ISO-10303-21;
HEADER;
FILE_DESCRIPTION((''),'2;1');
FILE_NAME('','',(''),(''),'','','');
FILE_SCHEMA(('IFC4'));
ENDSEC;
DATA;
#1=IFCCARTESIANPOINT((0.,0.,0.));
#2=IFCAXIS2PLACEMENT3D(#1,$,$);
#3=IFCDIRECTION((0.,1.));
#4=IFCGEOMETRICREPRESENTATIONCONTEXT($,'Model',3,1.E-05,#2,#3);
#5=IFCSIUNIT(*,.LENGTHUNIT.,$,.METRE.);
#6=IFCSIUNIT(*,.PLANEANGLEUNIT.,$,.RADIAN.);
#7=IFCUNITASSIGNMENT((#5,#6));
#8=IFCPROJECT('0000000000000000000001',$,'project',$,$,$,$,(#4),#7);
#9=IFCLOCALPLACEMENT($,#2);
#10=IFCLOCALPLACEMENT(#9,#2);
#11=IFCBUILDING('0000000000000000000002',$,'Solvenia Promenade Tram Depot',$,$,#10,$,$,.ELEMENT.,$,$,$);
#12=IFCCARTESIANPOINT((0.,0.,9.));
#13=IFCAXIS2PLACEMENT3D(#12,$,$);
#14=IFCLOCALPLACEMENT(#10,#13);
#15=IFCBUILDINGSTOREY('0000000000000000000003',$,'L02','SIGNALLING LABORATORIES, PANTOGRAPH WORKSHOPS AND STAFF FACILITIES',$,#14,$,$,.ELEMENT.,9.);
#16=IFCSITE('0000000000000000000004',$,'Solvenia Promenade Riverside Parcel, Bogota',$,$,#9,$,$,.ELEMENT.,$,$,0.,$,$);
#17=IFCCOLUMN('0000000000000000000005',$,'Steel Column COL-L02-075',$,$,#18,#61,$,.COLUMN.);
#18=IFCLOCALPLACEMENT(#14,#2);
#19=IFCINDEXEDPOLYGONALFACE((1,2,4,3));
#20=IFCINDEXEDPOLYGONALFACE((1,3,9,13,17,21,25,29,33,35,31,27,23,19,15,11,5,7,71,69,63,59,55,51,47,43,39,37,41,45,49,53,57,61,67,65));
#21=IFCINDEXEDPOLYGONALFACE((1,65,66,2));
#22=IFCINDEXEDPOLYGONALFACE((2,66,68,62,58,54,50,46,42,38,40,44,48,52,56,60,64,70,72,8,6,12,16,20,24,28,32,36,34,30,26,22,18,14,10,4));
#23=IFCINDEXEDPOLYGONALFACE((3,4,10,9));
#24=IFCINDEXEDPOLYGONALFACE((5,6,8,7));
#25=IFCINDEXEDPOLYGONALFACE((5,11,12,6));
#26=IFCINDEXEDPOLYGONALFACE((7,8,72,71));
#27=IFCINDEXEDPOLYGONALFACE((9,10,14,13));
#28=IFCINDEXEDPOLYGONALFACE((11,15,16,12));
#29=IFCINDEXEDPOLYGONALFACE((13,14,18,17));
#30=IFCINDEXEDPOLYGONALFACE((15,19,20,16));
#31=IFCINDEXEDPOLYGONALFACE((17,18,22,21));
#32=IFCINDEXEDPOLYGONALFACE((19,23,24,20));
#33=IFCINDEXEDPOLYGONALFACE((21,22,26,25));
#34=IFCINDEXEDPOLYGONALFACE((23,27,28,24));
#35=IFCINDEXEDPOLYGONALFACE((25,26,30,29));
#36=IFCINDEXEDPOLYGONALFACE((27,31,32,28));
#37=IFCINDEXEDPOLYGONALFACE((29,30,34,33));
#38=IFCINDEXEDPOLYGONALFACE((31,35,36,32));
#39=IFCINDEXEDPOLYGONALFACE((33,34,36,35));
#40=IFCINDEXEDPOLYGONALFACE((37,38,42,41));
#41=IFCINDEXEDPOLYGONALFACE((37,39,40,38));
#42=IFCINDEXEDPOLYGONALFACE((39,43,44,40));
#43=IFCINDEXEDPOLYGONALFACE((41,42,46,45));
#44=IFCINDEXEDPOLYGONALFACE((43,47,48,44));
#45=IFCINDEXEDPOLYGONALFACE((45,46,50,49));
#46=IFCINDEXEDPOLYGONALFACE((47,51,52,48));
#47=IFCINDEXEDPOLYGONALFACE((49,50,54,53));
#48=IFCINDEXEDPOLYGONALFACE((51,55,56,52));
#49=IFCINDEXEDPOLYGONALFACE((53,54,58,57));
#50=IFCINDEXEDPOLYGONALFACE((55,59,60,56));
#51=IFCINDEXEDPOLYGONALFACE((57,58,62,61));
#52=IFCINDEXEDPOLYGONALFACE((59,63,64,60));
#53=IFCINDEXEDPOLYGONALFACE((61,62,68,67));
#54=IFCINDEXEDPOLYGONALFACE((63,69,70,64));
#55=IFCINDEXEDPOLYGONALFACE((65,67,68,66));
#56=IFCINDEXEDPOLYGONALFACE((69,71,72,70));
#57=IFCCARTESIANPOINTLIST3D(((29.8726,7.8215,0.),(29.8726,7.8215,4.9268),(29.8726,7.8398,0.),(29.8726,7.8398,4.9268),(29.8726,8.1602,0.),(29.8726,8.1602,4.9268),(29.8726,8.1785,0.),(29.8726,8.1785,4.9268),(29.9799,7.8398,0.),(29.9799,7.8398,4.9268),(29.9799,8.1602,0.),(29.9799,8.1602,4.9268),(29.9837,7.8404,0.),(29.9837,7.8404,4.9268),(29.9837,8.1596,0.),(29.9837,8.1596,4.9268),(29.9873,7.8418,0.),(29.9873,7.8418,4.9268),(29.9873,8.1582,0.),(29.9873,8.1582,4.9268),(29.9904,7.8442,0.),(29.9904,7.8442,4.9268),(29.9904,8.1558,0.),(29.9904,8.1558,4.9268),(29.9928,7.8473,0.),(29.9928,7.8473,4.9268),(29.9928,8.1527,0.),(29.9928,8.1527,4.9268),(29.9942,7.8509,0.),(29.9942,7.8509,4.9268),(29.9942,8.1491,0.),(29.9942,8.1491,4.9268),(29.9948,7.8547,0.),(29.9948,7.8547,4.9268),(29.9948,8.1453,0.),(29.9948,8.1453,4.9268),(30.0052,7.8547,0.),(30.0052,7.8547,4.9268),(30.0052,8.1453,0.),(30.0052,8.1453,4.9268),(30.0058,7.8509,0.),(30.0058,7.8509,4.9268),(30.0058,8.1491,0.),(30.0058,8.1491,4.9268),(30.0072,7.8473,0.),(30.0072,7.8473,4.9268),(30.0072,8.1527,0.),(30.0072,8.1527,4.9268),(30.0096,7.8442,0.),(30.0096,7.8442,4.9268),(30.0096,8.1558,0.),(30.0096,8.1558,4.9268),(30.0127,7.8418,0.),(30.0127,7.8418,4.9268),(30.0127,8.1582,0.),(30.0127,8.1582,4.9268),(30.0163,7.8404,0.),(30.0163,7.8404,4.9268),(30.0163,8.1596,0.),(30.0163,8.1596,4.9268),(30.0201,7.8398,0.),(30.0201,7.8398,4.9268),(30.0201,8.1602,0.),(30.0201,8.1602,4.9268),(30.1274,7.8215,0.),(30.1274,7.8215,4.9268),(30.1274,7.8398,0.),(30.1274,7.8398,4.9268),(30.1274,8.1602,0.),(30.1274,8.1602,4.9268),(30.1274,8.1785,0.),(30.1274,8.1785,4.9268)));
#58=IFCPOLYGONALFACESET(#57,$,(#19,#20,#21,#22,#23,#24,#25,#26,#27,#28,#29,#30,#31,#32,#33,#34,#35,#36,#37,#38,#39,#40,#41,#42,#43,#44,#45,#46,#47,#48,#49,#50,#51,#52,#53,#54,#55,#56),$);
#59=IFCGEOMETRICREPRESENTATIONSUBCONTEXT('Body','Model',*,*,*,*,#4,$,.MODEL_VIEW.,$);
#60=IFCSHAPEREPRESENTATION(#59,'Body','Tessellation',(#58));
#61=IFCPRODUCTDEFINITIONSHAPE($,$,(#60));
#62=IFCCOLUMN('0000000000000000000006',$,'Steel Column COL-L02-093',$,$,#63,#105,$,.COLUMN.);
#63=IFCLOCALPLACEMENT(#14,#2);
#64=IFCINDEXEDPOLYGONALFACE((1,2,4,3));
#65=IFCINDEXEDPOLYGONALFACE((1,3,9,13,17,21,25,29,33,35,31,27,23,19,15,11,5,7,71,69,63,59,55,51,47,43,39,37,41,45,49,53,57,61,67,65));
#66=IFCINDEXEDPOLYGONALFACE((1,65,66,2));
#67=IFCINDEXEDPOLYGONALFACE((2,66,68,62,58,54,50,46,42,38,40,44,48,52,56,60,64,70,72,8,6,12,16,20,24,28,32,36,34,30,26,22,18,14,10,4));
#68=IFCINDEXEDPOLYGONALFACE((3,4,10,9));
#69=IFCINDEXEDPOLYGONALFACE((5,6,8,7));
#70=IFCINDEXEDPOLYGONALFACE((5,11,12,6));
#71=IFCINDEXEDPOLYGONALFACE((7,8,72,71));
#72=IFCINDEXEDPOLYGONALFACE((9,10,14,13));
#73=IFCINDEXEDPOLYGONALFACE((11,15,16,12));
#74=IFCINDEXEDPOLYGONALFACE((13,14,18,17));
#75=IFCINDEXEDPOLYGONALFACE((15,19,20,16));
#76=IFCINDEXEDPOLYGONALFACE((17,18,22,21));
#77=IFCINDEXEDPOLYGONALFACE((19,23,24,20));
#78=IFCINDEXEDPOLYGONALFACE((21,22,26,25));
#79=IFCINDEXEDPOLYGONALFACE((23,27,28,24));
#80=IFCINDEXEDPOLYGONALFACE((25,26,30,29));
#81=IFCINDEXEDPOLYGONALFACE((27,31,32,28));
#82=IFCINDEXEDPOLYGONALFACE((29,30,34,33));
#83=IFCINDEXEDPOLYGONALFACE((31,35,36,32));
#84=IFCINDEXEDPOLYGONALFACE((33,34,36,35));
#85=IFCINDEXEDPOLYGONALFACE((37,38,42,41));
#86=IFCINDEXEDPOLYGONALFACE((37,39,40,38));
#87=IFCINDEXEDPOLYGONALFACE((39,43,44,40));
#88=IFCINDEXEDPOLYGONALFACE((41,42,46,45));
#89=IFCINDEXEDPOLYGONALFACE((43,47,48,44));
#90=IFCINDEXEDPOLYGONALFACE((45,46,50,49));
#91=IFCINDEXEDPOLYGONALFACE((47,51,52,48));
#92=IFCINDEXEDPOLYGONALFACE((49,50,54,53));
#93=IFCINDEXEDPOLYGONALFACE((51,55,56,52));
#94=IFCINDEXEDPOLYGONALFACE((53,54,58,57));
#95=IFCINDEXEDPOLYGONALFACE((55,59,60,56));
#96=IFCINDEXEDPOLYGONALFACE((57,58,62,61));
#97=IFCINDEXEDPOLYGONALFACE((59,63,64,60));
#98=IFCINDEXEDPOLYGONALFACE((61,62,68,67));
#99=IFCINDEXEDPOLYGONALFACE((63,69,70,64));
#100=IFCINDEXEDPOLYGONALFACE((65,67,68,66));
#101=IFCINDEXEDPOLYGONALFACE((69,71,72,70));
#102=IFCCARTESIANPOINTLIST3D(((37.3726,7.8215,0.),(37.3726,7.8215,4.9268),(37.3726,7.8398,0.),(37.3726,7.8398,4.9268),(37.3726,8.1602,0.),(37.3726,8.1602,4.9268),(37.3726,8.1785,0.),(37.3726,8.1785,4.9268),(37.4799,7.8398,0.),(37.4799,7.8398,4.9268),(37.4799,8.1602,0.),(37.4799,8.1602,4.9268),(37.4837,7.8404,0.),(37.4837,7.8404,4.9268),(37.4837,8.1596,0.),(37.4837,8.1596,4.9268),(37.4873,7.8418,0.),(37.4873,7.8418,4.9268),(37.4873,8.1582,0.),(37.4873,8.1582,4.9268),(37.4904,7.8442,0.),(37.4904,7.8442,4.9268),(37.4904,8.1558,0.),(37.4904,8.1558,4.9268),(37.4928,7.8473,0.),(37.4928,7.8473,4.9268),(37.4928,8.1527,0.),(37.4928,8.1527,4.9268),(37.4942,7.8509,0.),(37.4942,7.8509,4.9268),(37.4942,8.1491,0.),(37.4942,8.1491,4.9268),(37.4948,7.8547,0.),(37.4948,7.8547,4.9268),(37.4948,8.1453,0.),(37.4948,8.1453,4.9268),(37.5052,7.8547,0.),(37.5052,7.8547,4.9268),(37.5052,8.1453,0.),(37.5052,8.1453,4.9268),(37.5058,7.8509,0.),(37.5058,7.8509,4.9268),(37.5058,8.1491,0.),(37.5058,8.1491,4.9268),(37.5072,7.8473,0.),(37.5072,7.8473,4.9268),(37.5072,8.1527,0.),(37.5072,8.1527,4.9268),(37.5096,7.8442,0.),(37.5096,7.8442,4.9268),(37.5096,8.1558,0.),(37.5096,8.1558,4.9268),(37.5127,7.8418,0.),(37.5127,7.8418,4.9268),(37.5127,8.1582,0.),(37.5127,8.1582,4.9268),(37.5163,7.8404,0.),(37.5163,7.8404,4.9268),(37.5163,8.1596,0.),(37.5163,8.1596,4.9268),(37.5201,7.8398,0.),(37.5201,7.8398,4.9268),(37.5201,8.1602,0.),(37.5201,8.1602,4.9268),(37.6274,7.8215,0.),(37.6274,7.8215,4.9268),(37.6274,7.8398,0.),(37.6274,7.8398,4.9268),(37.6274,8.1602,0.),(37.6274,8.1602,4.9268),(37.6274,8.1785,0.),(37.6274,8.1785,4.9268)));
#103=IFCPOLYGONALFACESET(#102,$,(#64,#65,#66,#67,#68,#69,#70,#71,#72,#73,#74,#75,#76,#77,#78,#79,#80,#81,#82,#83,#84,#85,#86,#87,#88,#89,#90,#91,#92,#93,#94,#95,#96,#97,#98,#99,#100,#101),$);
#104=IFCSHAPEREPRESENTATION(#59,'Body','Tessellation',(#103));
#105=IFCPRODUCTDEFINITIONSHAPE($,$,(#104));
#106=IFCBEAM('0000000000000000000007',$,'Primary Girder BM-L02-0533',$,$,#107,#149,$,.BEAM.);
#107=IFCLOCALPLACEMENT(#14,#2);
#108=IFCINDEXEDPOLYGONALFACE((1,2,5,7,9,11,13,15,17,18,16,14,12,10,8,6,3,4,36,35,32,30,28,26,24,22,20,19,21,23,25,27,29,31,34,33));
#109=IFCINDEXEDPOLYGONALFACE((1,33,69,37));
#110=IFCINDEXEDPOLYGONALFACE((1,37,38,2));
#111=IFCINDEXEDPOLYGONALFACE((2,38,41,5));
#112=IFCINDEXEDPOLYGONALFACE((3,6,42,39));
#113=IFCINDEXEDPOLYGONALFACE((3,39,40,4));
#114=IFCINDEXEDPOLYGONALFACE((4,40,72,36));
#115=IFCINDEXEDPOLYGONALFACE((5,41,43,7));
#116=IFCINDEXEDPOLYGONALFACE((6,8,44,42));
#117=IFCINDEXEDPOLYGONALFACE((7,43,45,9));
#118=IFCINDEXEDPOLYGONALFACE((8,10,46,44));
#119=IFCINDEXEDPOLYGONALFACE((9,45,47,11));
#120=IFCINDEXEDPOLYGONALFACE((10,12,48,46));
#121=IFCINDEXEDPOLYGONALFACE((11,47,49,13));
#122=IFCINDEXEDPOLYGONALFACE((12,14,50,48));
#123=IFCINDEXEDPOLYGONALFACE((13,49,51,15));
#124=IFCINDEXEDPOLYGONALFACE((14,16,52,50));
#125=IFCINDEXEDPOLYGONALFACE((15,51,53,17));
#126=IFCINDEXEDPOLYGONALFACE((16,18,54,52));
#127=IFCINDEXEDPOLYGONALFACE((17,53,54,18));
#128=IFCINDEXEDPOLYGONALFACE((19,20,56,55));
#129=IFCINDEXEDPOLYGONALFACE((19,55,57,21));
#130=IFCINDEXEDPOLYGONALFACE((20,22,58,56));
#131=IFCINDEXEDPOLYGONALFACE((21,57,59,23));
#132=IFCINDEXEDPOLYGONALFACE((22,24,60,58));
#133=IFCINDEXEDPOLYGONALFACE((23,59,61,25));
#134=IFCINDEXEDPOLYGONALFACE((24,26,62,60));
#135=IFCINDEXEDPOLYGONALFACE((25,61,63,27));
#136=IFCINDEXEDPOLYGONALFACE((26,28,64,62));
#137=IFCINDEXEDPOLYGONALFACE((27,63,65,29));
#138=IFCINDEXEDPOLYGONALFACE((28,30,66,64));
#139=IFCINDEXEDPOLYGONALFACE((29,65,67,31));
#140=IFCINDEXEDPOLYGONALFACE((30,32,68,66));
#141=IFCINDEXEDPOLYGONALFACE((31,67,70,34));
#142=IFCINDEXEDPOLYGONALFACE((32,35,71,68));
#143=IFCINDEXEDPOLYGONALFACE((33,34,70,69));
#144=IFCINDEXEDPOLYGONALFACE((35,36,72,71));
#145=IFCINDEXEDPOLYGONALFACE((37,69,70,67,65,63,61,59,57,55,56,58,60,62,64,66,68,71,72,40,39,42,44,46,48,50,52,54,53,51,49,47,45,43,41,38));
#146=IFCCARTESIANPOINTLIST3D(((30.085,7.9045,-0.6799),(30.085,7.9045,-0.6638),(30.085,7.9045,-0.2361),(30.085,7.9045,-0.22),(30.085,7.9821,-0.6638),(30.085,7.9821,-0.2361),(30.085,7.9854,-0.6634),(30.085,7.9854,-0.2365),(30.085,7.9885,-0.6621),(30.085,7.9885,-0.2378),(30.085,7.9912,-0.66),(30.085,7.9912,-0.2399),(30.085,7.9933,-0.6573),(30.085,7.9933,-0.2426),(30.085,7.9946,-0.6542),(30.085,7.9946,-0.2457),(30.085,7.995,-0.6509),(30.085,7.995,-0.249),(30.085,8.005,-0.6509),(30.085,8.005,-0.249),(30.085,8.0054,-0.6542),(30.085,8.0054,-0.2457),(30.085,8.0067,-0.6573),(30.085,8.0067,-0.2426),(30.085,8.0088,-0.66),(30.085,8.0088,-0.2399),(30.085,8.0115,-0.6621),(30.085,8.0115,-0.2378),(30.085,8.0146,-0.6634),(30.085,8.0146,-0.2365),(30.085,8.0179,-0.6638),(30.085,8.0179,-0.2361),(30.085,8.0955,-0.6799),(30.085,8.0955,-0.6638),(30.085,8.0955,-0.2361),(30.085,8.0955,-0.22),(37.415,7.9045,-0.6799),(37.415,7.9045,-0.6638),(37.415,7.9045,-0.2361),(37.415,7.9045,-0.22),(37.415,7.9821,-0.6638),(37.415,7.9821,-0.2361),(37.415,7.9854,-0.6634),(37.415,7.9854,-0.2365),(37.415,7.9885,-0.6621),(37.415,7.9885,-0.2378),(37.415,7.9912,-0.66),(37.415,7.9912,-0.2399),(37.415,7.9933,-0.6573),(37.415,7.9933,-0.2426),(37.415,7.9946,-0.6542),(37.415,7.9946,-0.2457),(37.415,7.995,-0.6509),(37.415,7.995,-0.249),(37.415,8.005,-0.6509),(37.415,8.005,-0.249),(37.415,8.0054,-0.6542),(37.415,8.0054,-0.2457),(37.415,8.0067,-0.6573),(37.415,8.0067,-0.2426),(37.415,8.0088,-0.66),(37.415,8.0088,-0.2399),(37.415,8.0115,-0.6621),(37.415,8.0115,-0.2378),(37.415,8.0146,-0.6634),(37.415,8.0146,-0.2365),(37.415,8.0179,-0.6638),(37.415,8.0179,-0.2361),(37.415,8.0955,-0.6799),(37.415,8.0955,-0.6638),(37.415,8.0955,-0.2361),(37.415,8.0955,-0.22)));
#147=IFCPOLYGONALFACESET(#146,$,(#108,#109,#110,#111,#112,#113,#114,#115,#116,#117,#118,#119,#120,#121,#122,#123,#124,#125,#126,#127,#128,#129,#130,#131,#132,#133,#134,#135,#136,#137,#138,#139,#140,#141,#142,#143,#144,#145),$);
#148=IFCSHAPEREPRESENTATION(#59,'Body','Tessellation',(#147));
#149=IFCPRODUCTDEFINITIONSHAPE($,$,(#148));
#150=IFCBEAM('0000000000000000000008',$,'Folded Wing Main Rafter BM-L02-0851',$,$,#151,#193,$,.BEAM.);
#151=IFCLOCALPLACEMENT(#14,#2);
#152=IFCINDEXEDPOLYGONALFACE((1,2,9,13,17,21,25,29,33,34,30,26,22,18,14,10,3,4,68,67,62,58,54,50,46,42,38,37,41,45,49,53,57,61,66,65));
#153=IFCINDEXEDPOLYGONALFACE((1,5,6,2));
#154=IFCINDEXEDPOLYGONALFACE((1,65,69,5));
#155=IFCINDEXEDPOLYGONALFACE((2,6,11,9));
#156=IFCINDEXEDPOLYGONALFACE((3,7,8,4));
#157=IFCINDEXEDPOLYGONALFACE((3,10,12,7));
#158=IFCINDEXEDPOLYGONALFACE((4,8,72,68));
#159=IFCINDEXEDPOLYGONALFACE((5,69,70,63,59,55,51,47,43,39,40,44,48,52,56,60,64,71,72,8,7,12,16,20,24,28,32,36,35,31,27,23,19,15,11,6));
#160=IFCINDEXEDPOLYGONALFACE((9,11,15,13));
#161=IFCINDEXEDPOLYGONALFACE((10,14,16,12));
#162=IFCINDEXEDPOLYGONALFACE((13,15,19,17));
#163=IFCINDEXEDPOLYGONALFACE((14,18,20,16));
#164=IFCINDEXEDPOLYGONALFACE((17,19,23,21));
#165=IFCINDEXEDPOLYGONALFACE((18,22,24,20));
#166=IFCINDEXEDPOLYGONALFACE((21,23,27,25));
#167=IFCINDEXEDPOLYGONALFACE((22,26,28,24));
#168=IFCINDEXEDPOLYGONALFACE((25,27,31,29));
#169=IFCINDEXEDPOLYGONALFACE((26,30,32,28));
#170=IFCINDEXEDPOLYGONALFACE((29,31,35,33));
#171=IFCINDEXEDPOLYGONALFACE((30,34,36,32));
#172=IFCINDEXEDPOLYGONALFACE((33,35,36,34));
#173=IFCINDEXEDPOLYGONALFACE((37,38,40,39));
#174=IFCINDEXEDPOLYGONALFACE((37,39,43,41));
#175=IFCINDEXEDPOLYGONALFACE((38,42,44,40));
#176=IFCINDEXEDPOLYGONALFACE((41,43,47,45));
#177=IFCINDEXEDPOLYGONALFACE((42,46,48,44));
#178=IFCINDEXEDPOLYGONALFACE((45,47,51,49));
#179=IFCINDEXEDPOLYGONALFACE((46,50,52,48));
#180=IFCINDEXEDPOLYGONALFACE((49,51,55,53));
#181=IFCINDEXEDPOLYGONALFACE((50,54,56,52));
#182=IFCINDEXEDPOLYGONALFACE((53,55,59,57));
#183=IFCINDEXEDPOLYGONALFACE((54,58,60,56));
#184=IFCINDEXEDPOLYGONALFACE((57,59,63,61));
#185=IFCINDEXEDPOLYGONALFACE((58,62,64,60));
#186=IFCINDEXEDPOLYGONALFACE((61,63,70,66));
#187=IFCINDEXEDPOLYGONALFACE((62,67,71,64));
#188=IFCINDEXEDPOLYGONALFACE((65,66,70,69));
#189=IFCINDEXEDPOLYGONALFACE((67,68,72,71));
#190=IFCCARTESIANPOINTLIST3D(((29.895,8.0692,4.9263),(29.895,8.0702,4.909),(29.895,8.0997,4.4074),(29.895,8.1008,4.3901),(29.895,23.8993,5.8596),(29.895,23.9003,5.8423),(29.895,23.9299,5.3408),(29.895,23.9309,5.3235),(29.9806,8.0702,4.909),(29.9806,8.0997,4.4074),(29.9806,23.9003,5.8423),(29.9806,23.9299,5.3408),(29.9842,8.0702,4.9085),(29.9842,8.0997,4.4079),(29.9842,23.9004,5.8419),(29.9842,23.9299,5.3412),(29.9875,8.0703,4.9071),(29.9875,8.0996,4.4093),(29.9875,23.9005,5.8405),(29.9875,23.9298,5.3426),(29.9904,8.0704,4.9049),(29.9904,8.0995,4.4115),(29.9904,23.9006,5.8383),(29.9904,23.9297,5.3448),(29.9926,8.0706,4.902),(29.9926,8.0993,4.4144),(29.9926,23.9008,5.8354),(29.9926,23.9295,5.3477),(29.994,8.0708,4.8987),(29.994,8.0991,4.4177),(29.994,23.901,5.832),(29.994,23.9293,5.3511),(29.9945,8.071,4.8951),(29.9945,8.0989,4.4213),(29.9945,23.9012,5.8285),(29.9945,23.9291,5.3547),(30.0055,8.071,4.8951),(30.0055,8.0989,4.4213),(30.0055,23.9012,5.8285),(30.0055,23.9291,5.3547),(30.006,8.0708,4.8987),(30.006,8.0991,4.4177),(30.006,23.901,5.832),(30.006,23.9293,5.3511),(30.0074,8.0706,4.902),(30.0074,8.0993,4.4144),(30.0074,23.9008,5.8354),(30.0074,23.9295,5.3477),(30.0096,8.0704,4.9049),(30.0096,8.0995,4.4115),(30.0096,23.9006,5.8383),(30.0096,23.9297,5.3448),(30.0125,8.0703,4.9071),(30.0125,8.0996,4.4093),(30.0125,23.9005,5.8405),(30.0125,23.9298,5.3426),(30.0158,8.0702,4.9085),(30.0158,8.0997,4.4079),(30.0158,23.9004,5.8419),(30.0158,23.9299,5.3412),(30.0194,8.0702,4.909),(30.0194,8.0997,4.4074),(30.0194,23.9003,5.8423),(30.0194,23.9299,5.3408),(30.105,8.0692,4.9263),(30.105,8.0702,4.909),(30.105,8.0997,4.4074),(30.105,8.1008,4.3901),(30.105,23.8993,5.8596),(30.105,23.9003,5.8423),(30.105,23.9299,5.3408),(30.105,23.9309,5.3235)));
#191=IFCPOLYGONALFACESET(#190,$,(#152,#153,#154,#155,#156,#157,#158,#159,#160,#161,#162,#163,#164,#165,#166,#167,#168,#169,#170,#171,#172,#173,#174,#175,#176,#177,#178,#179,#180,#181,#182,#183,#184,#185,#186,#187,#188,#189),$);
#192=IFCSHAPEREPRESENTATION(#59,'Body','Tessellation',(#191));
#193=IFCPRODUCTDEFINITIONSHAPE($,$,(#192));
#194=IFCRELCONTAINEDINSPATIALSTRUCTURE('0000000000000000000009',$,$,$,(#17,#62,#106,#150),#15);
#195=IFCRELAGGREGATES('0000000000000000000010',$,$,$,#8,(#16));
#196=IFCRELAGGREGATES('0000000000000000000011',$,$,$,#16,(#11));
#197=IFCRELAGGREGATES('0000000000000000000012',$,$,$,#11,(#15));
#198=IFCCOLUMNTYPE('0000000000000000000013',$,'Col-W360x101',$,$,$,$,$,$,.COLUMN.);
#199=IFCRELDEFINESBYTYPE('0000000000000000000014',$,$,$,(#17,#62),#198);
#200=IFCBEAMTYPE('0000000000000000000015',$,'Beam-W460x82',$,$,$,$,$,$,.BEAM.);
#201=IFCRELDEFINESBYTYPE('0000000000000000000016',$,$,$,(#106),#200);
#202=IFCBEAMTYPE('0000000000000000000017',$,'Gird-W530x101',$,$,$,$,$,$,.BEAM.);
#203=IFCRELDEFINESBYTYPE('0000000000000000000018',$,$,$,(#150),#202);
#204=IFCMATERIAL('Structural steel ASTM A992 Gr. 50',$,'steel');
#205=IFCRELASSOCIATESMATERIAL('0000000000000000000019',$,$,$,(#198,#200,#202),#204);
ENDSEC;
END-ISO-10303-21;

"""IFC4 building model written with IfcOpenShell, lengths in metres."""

from ifc_helpers import new_model, si_unit, direction, frame, origin, origin_2d, place, context, subcontext, project, spatial, i_section, extrude, material, material_profile, profile_set, type_object, element, save


model = new_model("IFC4")

# Units and contexts
model_context = context("Model", 3, precision=1e-05, world=origin(), true_north=direction((0.0, 1.0)))
body_context = subcontext(model_context, "Body", "Model", "MODEL_VIEW")
ifc_project = project(units=[si_unit("LENGTHUNIT", "METRE"), si_unit("PLANEANGLEUNIT", "RADIAN")], contexts=[model_context])

# Site, building, storey
site_placement = place(None, origin())
site = spatial("IfcSite", under=ifc_project, at=site_placement, Name="Solvenia Promenade Riverside Parcel, Bogota", CompositionType="ELEMENT", RefElevation=0.0)
building_placement = place(site_placement, origin())
building = spatial("IfcBuilding", under=site, at=building_placement, Name="Solvenia Promenade Tram Depot", CompositionType="ELEMENT")
storey_placement = place(building_placement, frame((0.0, 0.0, 9.0)))
storey = spatial("IfcBuildingStorey", under=building, at=storey_placement, Name="L02", Description="SIGNALLING LABORATORIES, PANTOGRAPH WORKSHOPS AND STAFF FACILITIES", CompositionType="ELEMENT", Elevation=9.0)

# Columns
ifc_material_1 = material(Name="Structural steel ASTM A992 Gr. 50", Category="steel")
ifc_material_profile_1 = material_profile(ifc_material_1, i_section(OverallWidth=0.2549, OverallDepth=0.3569, WebThickness=0.0105, FlangeThickness=0.0183, FilletRadius=0.0149, at=origin_2d()), Name="W360x101", Category="steel")
ifc_profile_set_1 = profile_set([ifc_material_profile_1], Name="Structural steel ASTM A992 Gr. 50")
column_type = type_object("IfcColumnType", Name="Col-W360x101", PredefinedType="COLUMN", material=ifc_profile_set_1)
for number, where, z_axis, x_axis, name in (
    (1, (30.0, 8.0, 0.0), (0.0, 0.0, 1.0), (1.0, 0.0, 0.0), "Steel Column COL-L02-075"),
    (2, (37.5, 8.0, 0.0), (0.0, 0.0, 1.0), (1.0, 0.0, 0.0), "Steel Column COL-L02-093"),
):
    element("IfcColumn", number, at=place(storey_placement, frame(where, z_axis=z_axis, x_axis=x_axis)), inside=storey, type_object=column_type, Name=name, PredefinedType="COLUMN", context=body_context, shape_type="SweptSolid", body=[
        extrude(i_section(OverallWidth=0.2549, OverallDepth=0.3569, WebThickness=0.0105, FlangeThickness=0.0183, FilletRadius=0.0149, at=origin_2d()), origin(), (0.0, 0.0, 1.0), 4.9268),
    ])

# Beams
ifc_material_profile_2 = material_profile(ifc_material_1, i_section(OverallWidth=0.1909, OverallDepth=0.46, WebThickness=0.01, FlangeThickness=0.0161, FilletRadius=0.0129, at=origin_2d()), Name="W460x82", Category="steel")
ifc_profile_set_2 = profile_set([ifc_material_profile_2], Name="Structural steel ASTM A992 Gr. 50")
beam_type_1 = type_object("IfcBeamType", Name="Beam-W460x82", PredefinedType="BEAM", material=ifc_profile_set_2)
beam_1_placement = place(storey_placement, frame((30.085, 8.0, -0.45), z_axis=(1.0, 0.0, 0.0), x_axis=(0.0, 1.0, 0.0)))
element("IfcBeam", 3, at=beam_1_placement, inside=storey, type_object=beam_type_1, Name="Primary Girder BM-L02-0533", PredefinedType="BEAM", context=body_context, shape_type="SweptSolid", body=[
    extrude(i_section(OverallWidth=0.1909, OverallDepth=0.46, WebThickness=0.01, FlangeThickness=0.0161, FilletRadius=0.0129, at=origin_2d()), origin(), (0.0, 0.0, 1.0), 7.3301),
])
ifc_material_profile_3 = material_profile(ifc_material_1, i_section(OverallWidth=0.21, OverallDepth=0.5371, WebThickness=0.011, FlangeThickness=0.0173, FilletRadius=0.0139, at=origin_2d()), Name="W530x101", Category="steel")
ifc_profile_set_3 = profile_set([ifc_material_profile_3], Name="Structural steel ASTM A992 Gr. 50")
beam_type_2 = type_object("IfcBeamType", Name="Gird-W530x101", PredefinedType="BEAM", material=ifc_profile_set_3)
for number, where, z_axis, x_axis, name in (
    (4, (30.0, 8.085, 4.6582), (0.0, 0.998266, 0.058858), (-1.0, 0.0, 0.0), "Folded Wing Main Rafter BM-L02-0851"),
):
    element("IfcBeam", number, at=place(storey_placement, frame(where, z_axis=z_axis, x_axis=x_axis)), inside=storey, type_object=beam_type_2, Name=name, PredefinedType="BEAM", context=body_context, shape_type="SweptSolid", body=[
        extrude(i_section(OverallWidth=0.21, OverallDepth=0.5371, WebThickness=0.011, FlangeThickness=0.0173, FilletRadius=0.0139, at=origin_2d()), origin(), (0.0, 0.0, 1.0), 15.8577),
    ])

save(model, "model.ifc")
